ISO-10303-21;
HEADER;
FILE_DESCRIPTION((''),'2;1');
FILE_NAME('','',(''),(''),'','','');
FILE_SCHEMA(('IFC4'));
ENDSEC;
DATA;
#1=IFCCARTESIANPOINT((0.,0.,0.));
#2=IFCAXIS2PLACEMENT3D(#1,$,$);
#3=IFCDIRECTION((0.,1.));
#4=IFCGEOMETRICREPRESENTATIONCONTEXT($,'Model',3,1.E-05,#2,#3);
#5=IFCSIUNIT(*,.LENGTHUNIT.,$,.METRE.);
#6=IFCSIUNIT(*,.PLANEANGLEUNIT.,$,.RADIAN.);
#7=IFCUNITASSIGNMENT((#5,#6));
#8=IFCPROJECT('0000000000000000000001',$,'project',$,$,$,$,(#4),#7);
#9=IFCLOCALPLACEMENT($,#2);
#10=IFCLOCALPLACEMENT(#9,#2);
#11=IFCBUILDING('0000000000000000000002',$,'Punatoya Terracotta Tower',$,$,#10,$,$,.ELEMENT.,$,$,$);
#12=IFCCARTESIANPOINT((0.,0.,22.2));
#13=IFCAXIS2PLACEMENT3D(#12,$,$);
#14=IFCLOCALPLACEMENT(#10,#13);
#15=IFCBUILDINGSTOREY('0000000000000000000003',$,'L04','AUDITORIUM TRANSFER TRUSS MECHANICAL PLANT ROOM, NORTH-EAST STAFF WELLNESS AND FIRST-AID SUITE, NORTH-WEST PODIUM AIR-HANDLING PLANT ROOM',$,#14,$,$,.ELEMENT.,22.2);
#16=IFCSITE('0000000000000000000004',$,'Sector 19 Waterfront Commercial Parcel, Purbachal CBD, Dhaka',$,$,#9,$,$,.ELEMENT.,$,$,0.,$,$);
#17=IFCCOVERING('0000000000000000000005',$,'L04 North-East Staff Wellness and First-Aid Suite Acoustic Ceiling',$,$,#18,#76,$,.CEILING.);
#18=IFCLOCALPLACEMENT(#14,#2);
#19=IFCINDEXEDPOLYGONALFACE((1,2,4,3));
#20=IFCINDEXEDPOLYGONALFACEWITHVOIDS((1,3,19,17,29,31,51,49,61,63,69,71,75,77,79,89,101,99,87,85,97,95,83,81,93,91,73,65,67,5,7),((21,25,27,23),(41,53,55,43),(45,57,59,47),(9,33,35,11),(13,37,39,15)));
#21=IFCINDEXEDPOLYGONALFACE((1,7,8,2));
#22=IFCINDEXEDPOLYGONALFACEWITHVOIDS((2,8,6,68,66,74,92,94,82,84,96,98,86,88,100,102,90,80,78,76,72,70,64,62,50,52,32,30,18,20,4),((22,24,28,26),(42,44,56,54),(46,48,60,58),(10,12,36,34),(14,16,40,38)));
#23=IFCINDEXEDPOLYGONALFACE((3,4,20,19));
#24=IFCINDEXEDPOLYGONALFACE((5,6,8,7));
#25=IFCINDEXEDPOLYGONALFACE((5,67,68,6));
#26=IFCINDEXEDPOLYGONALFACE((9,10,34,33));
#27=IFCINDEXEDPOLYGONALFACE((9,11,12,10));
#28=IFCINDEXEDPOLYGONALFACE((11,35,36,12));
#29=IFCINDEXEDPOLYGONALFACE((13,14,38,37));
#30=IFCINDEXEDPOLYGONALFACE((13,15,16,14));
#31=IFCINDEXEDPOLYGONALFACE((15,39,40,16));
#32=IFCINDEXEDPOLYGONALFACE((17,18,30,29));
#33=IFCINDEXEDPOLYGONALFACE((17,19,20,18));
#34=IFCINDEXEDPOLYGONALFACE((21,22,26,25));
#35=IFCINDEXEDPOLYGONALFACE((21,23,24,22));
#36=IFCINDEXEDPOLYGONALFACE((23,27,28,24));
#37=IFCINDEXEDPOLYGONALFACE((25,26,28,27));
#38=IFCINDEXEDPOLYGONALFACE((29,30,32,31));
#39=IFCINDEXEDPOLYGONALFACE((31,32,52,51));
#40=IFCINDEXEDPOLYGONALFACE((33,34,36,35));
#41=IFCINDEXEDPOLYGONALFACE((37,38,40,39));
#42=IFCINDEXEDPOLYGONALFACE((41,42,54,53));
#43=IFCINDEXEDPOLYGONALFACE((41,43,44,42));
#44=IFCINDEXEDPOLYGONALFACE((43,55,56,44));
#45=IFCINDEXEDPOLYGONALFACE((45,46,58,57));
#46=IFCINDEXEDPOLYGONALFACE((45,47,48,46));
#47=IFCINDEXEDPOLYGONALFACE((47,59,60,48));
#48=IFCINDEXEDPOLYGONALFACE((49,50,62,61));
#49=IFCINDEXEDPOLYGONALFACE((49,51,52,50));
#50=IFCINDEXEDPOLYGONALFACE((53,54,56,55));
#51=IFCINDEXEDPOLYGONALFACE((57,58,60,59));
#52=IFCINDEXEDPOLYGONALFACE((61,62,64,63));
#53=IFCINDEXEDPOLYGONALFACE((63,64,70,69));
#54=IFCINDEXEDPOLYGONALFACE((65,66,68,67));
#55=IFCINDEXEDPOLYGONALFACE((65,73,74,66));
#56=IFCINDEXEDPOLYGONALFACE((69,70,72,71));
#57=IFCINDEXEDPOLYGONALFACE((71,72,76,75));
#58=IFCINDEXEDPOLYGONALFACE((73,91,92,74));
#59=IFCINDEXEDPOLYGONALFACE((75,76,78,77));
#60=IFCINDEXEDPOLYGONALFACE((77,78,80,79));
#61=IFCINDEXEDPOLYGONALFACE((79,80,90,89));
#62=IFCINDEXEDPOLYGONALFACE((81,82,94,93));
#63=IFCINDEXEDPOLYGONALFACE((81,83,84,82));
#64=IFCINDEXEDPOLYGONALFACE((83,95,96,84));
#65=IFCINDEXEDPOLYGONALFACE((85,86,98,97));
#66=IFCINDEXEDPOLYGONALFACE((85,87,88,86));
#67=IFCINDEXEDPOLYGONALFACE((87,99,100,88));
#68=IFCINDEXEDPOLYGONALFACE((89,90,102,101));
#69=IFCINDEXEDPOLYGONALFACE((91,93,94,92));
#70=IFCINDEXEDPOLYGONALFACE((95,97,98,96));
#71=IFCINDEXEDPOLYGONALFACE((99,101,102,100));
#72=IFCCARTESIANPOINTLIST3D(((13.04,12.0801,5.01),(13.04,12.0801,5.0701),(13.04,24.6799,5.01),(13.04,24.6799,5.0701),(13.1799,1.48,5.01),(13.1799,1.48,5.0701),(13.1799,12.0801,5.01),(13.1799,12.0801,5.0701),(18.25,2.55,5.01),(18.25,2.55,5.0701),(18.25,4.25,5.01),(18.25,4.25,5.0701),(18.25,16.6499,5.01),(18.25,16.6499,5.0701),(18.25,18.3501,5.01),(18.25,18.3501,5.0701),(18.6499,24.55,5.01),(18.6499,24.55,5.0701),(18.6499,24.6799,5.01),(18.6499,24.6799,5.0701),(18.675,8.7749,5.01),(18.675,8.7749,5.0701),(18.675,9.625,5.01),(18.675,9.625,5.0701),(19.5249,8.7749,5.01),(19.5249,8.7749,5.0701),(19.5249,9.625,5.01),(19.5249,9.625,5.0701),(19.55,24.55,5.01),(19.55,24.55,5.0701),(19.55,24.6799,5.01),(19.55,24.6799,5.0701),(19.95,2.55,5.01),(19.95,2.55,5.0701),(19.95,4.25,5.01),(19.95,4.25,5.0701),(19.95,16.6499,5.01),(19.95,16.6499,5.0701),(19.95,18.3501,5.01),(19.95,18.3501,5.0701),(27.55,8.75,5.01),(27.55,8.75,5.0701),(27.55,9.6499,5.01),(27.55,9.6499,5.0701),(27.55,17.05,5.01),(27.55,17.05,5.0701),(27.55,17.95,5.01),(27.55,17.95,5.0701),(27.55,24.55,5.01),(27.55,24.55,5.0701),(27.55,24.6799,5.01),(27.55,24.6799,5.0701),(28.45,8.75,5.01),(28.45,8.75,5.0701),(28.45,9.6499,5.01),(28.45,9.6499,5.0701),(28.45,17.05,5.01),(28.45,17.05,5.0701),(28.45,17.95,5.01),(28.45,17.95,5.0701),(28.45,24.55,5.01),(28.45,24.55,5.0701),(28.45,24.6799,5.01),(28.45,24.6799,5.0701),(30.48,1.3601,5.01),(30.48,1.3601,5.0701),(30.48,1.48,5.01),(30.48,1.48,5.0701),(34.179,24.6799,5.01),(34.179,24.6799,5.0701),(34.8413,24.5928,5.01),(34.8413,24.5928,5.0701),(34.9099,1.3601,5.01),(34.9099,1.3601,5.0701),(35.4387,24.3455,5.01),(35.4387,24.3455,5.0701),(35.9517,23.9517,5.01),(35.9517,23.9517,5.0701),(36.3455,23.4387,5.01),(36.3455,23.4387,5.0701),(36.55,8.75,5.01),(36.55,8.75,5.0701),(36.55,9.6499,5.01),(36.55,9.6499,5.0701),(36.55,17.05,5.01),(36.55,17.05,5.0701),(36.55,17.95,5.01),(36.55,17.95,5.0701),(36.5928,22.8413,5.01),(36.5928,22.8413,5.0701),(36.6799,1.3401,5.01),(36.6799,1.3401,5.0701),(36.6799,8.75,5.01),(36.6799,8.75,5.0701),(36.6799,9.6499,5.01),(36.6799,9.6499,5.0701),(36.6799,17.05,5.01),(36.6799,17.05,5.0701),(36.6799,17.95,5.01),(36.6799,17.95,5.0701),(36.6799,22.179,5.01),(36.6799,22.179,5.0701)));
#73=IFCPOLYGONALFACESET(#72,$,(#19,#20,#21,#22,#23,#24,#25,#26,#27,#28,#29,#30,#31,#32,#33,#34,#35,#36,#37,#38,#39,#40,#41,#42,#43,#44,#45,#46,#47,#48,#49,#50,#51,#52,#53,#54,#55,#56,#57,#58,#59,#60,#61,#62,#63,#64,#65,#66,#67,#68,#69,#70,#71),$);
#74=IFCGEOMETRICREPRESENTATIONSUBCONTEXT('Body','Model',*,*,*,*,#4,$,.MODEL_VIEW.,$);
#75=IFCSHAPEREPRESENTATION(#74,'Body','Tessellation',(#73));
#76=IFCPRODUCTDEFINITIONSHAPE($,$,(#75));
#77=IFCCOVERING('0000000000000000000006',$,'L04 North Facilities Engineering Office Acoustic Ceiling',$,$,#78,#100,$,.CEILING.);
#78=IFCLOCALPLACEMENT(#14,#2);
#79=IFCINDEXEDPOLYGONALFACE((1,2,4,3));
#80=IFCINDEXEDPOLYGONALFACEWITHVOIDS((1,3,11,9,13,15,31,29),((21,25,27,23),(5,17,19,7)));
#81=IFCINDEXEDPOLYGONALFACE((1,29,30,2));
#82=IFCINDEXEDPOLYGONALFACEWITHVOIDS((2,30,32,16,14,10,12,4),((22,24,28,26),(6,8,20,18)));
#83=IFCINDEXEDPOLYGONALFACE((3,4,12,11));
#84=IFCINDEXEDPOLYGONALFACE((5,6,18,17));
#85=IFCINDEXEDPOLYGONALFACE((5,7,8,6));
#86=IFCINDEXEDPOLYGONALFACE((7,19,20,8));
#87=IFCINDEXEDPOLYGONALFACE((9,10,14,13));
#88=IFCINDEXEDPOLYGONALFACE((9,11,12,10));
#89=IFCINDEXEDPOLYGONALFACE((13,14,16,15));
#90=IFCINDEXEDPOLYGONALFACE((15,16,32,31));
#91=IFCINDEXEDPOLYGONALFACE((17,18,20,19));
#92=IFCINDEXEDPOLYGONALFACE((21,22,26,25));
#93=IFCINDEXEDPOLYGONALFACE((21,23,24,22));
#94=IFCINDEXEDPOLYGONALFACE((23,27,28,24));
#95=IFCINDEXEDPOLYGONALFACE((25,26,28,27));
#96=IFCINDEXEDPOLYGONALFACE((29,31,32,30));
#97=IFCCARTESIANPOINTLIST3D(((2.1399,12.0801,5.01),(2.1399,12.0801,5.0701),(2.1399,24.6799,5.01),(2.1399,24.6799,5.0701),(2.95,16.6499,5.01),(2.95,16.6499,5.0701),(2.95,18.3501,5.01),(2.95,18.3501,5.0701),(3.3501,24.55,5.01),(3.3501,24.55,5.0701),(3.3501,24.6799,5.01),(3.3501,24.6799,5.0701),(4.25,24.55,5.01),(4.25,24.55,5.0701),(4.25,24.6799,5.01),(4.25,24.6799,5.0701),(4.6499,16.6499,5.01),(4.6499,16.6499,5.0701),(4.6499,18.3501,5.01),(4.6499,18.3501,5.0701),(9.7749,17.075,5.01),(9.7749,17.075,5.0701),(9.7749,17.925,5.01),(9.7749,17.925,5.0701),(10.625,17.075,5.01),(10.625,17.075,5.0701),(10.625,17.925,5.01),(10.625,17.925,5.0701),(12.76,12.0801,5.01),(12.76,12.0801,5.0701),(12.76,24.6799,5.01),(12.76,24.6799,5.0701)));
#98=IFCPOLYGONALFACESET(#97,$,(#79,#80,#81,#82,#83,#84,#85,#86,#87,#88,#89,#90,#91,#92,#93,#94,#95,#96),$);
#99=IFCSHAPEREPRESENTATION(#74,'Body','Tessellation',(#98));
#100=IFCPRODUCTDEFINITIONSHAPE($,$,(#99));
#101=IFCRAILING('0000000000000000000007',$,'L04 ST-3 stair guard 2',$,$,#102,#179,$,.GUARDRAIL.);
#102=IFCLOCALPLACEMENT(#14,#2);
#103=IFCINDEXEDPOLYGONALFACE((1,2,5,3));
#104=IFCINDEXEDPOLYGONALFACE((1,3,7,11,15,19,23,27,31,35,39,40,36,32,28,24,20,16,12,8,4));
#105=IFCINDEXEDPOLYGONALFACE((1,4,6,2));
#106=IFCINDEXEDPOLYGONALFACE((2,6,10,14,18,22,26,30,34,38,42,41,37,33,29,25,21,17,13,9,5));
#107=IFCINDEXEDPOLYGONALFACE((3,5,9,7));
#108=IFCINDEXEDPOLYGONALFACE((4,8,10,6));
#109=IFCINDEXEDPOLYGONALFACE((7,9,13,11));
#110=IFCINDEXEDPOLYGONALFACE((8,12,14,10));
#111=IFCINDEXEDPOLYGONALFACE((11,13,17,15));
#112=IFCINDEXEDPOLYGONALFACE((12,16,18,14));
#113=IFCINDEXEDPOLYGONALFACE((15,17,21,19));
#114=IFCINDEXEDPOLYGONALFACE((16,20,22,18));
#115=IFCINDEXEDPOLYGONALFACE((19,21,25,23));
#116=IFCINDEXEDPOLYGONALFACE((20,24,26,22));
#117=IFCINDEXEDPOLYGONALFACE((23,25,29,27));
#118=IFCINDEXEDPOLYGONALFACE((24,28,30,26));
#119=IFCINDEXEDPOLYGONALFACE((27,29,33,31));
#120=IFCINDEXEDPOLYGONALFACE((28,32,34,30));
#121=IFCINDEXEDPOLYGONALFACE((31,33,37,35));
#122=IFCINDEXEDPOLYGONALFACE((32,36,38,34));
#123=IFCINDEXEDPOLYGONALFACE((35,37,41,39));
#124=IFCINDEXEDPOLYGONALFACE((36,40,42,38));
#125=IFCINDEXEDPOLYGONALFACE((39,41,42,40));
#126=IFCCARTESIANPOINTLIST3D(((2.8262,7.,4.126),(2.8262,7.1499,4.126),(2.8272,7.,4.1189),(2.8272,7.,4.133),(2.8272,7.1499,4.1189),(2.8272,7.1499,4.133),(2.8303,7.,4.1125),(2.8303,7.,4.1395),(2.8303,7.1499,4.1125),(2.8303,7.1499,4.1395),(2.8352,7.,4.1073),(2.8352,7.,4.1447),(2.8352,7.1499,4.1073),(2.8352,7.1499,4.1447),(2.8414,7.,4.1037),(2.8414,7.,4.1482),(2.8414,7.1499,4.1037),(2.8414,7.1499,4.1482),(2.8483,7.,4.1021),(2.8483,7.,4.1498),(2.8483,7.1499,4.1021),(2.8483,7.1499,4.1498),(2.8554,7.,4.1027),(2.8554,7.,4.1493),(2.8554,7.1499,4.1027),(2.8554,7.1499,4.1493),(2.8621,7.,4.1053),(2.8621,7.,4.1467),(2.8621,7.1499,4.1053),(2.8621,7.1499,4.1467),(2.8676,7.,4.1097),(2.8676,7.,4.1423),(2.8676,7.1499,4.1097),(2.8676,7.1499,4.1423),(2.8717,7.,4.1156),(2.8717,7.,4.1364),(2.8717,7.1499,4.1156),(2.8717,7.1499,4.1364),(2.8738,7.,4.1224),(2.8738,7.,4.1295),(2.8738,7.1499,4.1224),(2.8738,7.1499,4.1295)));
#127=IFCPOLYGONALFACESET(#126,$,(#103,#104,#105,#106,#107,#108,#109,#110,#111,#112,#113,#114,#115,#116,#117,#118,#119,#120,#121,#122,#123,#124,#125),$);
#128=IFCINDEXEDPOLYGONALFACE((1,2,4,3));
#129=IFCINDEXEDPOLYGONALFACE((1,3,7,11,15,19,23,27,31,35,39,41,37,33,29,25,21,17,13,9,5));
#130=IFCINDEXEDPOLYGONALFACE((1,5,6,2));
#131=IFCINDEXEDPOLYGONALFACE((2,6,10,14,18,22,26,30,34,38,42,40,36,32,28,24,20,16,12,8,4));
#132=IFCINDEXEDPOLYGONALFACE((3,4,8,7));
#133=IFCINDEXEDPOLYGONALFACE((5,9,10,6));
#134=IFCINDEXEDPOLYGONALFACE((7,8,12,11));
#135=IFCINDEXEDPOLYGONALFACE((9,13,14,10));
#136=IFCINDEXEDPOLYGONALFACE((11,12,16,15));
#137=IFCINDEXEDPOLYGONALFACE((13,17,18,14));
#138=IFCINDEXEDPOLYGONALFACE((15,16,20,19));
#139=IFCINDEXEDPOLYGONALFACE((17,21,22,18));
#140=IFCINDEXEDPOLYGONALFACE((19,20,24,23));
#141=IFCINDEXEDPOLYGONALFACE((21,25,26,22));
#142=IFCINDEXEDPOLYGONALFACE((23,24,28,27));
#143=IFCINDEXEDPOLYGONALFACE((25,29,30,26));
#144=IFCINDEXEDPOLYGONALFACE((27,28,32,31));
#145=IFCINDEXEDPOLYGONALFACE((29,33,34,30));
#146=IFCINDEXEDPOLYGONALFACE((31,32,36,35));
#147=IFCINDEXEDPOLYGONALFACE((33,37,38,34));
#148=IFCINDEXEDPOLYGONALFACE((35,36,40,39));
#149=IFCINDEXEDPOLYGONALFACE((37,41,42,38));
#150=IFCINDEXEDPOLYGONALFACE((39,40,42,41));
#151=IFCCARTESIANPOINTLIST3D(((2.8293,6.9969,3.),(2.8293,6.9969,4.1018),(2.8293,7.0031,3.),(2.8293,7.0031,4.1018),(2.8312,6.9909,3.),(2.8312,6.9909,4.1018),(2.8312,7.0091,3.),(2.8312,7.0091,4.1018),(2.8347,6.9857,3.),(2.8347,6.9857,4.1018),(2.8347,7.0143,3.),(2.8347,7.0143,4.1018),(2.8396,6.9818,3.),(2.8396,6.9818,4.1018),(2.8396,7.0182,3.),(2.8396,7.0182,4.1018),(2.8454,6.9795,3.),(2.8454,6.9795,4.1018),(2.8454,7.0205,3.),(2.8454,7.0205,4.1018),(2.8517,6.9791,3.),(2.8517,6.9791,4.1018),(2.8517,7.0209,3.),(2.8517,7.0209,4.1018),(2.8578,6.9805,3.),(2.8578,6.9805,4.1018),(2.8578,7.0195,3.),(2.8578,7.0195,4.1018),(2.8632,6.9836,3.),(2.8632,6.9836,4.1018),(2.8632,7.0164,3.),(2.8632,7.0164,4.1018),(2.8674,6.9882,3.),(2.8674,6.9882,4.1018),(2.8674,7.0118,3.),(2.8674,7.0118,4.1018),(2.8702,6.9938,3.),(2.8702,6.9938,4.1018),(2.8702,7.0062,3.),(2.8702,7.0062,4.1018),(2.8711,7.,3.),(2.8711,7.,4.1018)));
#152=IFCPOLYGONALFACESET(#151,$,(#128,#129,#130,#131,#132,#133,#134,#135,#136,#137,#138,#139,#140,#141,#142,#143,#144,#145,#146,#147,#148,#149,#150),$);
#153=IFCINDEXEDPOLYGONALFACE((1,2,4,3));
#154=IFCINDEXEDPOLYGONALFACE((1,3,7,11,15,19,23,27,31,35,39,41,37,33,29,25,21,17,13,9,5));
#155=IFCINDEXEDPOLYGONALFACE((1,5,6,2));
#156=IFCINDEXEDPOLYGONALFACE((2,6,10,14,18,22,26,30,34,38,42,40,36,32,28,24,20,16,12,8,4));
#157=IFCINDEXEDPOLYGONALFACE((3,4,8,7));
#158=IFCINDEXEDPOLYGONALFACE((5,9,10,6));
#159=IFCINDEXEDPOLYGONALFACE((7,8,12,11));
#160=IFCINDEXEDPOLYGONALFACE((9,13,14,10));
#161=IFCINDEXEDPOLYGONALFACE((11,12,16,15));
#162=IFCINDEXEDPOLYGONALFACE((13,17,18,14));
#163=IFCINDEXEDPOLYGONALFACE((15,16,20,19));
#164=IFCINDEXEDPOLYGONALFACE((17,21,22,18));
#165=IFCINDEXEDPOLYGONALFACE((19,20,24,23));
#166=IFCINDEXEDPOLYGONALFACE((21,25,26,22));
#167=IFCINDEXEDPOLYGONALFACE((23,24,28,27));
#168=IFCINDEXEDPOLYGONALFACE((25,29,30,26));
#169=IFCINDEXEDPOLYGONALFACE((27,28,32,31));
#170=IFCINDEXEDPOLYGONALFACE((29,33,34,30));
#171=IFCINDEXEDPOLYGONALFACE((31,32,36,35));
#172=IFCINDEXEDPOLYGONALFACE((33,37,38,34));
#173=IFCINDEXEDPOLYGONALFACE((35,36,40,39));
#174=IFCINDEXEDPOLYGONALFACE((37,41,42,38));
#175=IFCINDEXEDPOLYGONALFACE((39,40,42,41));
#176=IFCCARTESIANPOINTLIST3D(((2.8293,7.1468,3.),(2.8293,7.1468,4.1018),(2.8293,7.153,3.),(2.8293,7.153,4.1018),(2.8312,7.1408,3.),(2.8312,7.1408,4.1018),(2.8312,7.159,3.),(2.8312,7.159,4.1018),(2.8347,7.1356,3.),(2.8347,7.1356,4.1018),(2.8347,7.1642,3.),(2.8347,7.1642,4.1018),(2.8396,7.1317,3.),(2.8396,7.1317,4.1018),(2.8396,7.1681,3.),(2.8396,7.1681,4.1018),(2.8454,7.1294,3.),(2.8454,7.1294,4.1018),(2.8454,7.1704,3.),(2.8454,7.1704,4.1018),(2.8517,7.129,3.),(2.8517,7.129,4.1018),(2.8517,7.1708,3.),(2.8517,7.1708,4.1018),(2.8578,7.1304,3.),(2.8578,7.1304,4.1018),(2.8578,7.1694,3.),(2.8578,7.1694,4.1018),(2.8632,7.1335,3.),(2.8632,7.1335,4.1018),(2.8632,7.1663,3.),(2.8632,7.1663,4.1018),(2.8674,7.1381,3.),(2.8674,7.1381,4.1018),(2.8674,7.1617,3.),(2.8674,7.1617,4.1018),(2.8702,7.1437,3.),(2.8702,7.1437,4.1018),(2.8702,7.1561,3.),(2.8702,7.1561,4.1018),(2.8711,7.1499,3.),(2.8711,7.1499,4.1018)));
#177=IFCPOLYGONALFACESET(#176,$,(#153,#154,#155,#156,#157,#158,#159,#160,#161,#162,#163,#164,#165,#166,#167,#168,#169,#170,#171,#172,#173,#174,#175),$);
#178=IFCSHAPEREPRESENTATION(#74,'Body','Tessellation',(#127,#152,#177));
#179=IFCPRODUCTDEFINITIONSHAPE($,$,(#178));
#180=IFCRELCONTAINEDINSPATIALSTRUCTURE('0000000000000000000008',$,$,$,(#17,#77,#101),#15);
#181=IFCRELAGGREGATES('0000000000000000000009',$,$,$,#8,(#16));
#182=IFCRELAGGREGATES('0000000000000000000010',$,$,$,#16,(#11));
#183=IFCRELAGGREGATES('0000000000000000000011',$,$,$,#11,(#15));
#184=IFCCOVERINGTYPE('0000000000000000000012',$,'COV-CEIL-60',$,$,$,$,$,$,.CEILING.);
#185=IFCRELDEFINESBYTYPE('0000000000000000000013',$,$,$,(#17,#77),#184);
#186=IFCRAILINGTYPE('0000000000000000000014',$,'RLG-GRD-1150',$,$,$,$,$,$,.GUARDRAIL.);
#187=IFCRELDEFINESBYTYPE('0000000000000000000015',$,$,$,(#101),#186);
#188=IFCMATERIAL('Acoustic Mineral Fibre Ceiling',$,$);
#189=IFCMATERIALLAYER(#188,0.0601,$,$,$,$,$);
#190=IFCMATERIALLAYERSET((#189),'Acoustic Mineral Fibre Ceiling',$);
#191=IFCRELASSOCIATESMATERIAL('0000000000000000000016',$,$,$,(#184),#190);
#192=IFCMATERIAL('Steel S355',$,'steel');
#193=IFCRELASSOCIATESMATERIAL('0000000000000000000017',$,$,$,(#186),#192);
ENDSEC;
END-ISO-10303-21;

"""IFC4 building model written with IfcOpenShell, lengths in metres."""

from ifc_helpers import new_model, si_unit, direction, frame, origin, origin_2d, place, context, subcontext, project, spatial, polyline, circle, outline, extrude, material, layer, layer_set, type_object, element, save


model = new_model("IFC4")

# Units and contexts
model_context = context("Model", 3, precision=1e-05, world=origin(), true_north=direction((0.0, 1.0)))
body_context = subcontext(model_context, "Body", "Model", "MODEL_VIEW")
ifc_project = project(units=[si_unit("LENGTHUNIT", "METRE"), si_unit("PLANEANGLEUNIT", "RADIAN")], contexts=[model_context])

# Site, building, storey
site_placement = place(None, origin())
site = spatial("IfcSite", under=ifc_project, at=site_placement, Name="Sector 19 Waterfront Commercial Parcel, Purbachal CBD, Dhaka", CompositionType="ELEMENT", RefElevation=0.0)
building_placement = place(site_placement, origin())
building = spatial("IfcBuilding", under=site, at=building_placement, Name="Punatoya Terracotta Tower", CompositionType="ELEMENT")
storey_placement = place(building_placement, frame((0.0, 0.0, 22.2)))
storey = spatial("IfcBuildingStorey", under=building, at=storey_placement, Name="L04", Description="AUDITORIUM TRANSFER TRUSS MECHANICAL PLANT ROOM, NORTH-EAST STAFF WELLNESS AND FIRST-AID SUITE, NORTH-WEST PODIUM AIR-HANDLING PLANT ROOM", CompositionType="ELEMENT", Elevation=22.2)

# Shared definitions
ifc_material_1 = material(Name="Steel S355", Category="steel")

# Coverings
ifc_material_2 = material(Name="Acoustic Mineral Fibre Ceiling")
ifc_layer_1 = layer(ifc_material_2, 0.0601)
ifc_layer_set_1 = layer_set([ifc_layer_1], Name="Acoustic Mineral Fibre Ceiling")
covering_type = type_object("IfcCoveringType", Name="COV-CEIL-60", PredefinedType="CEILING", material=ifc_layer_set_1)
covering_1_placement = place(storey_placement, frame((0.0, 0.0, 5.01)))
element("IfcCovering", 1, at=covering_1_placement, inside=storey, type_object=covering_type, Name="L04 North-East Staff Wellness and First-Aid Suite Acoustic Ceiling", PredefinedType="CEILING", context=body_context, shape_type="SweptSolid", body=[
    extrude(outline(polyline([(30.48, 1.3601), (34.9099, 1.3601), (36.6799, 1.3401), (36.6799, 8.75), (36.55, 8.75), (36.55, 9.6499), (36.6799, 9.6499), (36.6799, 17.05), (36.55, 17.05), (36.55, 17.95), (36.6799, 17.95), (36.6799, 22.179), (36.5928, 22.8413), (36.3455, 23.4387), (35.9517, 23.9517), (35.4387, 24.3455), (34.8413, 24.5928), (34.179, 24.6799), (28.45, 24.6799), (28.45, 24.55), (27.55, 24.55), (27.55, 24.6799), (19.55, 24.6799), (19.55, 24.55), (18.6499, 24.55), (18.6499, 24.6799), (13.04, 24.6799), (13.04, 12.0801), (13.1799, 12.0801), (13.1799, 1.48), (30.48, 1.48), (30.48, 1.3601)]), holes=[polyline([(27.55, 17.05), (27.55, 17.95), (28.45, 17.95), (28.45, 17.05), (27.55, 17.05)]), polyline([(28.45, 8.75), (27.55, 8.75), (27.55, 9.6499), (28.45, 9.6499), (28.45, 8.75)]), polyline([(18.25, 16.6499), (18.25, 18.3501), (19.95, 18.3501), (19.95, 16.6499), (18.25, 16.6499)]), polyline([(19.95, 2.55), (18.25, 2.55), (18.25, 4.25), (19.95, 4.25), (19.95, 2.55)]), polyline([(19.5249, 8.7749), (18.675, 8.7749), (18.675, 9.625), (19.5249, 9.625), (19.5249, 8.7749)])]), origin(), (0.0, 0.0, 1.0), 0.0601),
])
covering_2_placement = place(storey_placement, frame((0.0, 0.0, 5.01)))
element("IfcCovering", 2, at=covering_2_placement, inside=storey, type_object=covering_type, Name="L04 North Facilities Engineering Office Acoustic Ceiling", PredefinedType="CEILING", context=body_context, shape_type="SweptSolid", body=[
    extrude(outline(polyline([(4.25, 24.55), (3.3501, 24.55), (3.3501, 24.6799), (2.1399, 24.6799), (2.1399, 12.0801), (12.76, 12.0801), (12.76, 24.6799), (4.25, 24.6799), (4.25, 24.55)]), holes=[polyline([(10.625, 17.075), (9.7749, 17.075), (9.7749, 17.925), (10.625, 17.925), (10.625, 17.075)]), polyline([(2.95, 18.3501), (4.6499, 18.3501), (4.6499, 16.6499), (2.95, 16.6499), (2.95, 18.3501)])]), origin(), (0.0, 0.0, 1.0), 0.0601),
])

# Railing
railing_type_1 = type_object("IfcRailingType", Name="RLG-GRD-1150", PredefinedType="GUARDRAIL", material=ifc_material_1)
railing_1_placement = place(storey_placement, frame((2.8501, 7.0, 3.0)))
element("IfcRailing", 3, at=railing_1_placement, inside=storey, type_object=railing_type_1, Name="L04 ST-3 stair guard 2", PredefinedType="GUARDRAIL", context=body_context, shape_type="SweptSolid", body=[
    extrude(circle(Radius=0.0239, at=origin_2d()), frame((0.0, 0.0, 1.126), z_axis=(0.0, 1.0, 0.0), x_axis=(-1.0, 0.0, 0.0)), (0.0, 0.0, 1.0), 0.1499),
    extrude(circle(Radius=0.021, at=origin_2d()), origin(), (0.0, 0.0, 1.0), 1.1018),
    extrude(circle(Radius=0.021, at=origin_2d()), frame((0.0, 0.1499, 0.0)), (0.0, 0.0, 1.0), 1.1018),
])

save(model, "model.ifc")
